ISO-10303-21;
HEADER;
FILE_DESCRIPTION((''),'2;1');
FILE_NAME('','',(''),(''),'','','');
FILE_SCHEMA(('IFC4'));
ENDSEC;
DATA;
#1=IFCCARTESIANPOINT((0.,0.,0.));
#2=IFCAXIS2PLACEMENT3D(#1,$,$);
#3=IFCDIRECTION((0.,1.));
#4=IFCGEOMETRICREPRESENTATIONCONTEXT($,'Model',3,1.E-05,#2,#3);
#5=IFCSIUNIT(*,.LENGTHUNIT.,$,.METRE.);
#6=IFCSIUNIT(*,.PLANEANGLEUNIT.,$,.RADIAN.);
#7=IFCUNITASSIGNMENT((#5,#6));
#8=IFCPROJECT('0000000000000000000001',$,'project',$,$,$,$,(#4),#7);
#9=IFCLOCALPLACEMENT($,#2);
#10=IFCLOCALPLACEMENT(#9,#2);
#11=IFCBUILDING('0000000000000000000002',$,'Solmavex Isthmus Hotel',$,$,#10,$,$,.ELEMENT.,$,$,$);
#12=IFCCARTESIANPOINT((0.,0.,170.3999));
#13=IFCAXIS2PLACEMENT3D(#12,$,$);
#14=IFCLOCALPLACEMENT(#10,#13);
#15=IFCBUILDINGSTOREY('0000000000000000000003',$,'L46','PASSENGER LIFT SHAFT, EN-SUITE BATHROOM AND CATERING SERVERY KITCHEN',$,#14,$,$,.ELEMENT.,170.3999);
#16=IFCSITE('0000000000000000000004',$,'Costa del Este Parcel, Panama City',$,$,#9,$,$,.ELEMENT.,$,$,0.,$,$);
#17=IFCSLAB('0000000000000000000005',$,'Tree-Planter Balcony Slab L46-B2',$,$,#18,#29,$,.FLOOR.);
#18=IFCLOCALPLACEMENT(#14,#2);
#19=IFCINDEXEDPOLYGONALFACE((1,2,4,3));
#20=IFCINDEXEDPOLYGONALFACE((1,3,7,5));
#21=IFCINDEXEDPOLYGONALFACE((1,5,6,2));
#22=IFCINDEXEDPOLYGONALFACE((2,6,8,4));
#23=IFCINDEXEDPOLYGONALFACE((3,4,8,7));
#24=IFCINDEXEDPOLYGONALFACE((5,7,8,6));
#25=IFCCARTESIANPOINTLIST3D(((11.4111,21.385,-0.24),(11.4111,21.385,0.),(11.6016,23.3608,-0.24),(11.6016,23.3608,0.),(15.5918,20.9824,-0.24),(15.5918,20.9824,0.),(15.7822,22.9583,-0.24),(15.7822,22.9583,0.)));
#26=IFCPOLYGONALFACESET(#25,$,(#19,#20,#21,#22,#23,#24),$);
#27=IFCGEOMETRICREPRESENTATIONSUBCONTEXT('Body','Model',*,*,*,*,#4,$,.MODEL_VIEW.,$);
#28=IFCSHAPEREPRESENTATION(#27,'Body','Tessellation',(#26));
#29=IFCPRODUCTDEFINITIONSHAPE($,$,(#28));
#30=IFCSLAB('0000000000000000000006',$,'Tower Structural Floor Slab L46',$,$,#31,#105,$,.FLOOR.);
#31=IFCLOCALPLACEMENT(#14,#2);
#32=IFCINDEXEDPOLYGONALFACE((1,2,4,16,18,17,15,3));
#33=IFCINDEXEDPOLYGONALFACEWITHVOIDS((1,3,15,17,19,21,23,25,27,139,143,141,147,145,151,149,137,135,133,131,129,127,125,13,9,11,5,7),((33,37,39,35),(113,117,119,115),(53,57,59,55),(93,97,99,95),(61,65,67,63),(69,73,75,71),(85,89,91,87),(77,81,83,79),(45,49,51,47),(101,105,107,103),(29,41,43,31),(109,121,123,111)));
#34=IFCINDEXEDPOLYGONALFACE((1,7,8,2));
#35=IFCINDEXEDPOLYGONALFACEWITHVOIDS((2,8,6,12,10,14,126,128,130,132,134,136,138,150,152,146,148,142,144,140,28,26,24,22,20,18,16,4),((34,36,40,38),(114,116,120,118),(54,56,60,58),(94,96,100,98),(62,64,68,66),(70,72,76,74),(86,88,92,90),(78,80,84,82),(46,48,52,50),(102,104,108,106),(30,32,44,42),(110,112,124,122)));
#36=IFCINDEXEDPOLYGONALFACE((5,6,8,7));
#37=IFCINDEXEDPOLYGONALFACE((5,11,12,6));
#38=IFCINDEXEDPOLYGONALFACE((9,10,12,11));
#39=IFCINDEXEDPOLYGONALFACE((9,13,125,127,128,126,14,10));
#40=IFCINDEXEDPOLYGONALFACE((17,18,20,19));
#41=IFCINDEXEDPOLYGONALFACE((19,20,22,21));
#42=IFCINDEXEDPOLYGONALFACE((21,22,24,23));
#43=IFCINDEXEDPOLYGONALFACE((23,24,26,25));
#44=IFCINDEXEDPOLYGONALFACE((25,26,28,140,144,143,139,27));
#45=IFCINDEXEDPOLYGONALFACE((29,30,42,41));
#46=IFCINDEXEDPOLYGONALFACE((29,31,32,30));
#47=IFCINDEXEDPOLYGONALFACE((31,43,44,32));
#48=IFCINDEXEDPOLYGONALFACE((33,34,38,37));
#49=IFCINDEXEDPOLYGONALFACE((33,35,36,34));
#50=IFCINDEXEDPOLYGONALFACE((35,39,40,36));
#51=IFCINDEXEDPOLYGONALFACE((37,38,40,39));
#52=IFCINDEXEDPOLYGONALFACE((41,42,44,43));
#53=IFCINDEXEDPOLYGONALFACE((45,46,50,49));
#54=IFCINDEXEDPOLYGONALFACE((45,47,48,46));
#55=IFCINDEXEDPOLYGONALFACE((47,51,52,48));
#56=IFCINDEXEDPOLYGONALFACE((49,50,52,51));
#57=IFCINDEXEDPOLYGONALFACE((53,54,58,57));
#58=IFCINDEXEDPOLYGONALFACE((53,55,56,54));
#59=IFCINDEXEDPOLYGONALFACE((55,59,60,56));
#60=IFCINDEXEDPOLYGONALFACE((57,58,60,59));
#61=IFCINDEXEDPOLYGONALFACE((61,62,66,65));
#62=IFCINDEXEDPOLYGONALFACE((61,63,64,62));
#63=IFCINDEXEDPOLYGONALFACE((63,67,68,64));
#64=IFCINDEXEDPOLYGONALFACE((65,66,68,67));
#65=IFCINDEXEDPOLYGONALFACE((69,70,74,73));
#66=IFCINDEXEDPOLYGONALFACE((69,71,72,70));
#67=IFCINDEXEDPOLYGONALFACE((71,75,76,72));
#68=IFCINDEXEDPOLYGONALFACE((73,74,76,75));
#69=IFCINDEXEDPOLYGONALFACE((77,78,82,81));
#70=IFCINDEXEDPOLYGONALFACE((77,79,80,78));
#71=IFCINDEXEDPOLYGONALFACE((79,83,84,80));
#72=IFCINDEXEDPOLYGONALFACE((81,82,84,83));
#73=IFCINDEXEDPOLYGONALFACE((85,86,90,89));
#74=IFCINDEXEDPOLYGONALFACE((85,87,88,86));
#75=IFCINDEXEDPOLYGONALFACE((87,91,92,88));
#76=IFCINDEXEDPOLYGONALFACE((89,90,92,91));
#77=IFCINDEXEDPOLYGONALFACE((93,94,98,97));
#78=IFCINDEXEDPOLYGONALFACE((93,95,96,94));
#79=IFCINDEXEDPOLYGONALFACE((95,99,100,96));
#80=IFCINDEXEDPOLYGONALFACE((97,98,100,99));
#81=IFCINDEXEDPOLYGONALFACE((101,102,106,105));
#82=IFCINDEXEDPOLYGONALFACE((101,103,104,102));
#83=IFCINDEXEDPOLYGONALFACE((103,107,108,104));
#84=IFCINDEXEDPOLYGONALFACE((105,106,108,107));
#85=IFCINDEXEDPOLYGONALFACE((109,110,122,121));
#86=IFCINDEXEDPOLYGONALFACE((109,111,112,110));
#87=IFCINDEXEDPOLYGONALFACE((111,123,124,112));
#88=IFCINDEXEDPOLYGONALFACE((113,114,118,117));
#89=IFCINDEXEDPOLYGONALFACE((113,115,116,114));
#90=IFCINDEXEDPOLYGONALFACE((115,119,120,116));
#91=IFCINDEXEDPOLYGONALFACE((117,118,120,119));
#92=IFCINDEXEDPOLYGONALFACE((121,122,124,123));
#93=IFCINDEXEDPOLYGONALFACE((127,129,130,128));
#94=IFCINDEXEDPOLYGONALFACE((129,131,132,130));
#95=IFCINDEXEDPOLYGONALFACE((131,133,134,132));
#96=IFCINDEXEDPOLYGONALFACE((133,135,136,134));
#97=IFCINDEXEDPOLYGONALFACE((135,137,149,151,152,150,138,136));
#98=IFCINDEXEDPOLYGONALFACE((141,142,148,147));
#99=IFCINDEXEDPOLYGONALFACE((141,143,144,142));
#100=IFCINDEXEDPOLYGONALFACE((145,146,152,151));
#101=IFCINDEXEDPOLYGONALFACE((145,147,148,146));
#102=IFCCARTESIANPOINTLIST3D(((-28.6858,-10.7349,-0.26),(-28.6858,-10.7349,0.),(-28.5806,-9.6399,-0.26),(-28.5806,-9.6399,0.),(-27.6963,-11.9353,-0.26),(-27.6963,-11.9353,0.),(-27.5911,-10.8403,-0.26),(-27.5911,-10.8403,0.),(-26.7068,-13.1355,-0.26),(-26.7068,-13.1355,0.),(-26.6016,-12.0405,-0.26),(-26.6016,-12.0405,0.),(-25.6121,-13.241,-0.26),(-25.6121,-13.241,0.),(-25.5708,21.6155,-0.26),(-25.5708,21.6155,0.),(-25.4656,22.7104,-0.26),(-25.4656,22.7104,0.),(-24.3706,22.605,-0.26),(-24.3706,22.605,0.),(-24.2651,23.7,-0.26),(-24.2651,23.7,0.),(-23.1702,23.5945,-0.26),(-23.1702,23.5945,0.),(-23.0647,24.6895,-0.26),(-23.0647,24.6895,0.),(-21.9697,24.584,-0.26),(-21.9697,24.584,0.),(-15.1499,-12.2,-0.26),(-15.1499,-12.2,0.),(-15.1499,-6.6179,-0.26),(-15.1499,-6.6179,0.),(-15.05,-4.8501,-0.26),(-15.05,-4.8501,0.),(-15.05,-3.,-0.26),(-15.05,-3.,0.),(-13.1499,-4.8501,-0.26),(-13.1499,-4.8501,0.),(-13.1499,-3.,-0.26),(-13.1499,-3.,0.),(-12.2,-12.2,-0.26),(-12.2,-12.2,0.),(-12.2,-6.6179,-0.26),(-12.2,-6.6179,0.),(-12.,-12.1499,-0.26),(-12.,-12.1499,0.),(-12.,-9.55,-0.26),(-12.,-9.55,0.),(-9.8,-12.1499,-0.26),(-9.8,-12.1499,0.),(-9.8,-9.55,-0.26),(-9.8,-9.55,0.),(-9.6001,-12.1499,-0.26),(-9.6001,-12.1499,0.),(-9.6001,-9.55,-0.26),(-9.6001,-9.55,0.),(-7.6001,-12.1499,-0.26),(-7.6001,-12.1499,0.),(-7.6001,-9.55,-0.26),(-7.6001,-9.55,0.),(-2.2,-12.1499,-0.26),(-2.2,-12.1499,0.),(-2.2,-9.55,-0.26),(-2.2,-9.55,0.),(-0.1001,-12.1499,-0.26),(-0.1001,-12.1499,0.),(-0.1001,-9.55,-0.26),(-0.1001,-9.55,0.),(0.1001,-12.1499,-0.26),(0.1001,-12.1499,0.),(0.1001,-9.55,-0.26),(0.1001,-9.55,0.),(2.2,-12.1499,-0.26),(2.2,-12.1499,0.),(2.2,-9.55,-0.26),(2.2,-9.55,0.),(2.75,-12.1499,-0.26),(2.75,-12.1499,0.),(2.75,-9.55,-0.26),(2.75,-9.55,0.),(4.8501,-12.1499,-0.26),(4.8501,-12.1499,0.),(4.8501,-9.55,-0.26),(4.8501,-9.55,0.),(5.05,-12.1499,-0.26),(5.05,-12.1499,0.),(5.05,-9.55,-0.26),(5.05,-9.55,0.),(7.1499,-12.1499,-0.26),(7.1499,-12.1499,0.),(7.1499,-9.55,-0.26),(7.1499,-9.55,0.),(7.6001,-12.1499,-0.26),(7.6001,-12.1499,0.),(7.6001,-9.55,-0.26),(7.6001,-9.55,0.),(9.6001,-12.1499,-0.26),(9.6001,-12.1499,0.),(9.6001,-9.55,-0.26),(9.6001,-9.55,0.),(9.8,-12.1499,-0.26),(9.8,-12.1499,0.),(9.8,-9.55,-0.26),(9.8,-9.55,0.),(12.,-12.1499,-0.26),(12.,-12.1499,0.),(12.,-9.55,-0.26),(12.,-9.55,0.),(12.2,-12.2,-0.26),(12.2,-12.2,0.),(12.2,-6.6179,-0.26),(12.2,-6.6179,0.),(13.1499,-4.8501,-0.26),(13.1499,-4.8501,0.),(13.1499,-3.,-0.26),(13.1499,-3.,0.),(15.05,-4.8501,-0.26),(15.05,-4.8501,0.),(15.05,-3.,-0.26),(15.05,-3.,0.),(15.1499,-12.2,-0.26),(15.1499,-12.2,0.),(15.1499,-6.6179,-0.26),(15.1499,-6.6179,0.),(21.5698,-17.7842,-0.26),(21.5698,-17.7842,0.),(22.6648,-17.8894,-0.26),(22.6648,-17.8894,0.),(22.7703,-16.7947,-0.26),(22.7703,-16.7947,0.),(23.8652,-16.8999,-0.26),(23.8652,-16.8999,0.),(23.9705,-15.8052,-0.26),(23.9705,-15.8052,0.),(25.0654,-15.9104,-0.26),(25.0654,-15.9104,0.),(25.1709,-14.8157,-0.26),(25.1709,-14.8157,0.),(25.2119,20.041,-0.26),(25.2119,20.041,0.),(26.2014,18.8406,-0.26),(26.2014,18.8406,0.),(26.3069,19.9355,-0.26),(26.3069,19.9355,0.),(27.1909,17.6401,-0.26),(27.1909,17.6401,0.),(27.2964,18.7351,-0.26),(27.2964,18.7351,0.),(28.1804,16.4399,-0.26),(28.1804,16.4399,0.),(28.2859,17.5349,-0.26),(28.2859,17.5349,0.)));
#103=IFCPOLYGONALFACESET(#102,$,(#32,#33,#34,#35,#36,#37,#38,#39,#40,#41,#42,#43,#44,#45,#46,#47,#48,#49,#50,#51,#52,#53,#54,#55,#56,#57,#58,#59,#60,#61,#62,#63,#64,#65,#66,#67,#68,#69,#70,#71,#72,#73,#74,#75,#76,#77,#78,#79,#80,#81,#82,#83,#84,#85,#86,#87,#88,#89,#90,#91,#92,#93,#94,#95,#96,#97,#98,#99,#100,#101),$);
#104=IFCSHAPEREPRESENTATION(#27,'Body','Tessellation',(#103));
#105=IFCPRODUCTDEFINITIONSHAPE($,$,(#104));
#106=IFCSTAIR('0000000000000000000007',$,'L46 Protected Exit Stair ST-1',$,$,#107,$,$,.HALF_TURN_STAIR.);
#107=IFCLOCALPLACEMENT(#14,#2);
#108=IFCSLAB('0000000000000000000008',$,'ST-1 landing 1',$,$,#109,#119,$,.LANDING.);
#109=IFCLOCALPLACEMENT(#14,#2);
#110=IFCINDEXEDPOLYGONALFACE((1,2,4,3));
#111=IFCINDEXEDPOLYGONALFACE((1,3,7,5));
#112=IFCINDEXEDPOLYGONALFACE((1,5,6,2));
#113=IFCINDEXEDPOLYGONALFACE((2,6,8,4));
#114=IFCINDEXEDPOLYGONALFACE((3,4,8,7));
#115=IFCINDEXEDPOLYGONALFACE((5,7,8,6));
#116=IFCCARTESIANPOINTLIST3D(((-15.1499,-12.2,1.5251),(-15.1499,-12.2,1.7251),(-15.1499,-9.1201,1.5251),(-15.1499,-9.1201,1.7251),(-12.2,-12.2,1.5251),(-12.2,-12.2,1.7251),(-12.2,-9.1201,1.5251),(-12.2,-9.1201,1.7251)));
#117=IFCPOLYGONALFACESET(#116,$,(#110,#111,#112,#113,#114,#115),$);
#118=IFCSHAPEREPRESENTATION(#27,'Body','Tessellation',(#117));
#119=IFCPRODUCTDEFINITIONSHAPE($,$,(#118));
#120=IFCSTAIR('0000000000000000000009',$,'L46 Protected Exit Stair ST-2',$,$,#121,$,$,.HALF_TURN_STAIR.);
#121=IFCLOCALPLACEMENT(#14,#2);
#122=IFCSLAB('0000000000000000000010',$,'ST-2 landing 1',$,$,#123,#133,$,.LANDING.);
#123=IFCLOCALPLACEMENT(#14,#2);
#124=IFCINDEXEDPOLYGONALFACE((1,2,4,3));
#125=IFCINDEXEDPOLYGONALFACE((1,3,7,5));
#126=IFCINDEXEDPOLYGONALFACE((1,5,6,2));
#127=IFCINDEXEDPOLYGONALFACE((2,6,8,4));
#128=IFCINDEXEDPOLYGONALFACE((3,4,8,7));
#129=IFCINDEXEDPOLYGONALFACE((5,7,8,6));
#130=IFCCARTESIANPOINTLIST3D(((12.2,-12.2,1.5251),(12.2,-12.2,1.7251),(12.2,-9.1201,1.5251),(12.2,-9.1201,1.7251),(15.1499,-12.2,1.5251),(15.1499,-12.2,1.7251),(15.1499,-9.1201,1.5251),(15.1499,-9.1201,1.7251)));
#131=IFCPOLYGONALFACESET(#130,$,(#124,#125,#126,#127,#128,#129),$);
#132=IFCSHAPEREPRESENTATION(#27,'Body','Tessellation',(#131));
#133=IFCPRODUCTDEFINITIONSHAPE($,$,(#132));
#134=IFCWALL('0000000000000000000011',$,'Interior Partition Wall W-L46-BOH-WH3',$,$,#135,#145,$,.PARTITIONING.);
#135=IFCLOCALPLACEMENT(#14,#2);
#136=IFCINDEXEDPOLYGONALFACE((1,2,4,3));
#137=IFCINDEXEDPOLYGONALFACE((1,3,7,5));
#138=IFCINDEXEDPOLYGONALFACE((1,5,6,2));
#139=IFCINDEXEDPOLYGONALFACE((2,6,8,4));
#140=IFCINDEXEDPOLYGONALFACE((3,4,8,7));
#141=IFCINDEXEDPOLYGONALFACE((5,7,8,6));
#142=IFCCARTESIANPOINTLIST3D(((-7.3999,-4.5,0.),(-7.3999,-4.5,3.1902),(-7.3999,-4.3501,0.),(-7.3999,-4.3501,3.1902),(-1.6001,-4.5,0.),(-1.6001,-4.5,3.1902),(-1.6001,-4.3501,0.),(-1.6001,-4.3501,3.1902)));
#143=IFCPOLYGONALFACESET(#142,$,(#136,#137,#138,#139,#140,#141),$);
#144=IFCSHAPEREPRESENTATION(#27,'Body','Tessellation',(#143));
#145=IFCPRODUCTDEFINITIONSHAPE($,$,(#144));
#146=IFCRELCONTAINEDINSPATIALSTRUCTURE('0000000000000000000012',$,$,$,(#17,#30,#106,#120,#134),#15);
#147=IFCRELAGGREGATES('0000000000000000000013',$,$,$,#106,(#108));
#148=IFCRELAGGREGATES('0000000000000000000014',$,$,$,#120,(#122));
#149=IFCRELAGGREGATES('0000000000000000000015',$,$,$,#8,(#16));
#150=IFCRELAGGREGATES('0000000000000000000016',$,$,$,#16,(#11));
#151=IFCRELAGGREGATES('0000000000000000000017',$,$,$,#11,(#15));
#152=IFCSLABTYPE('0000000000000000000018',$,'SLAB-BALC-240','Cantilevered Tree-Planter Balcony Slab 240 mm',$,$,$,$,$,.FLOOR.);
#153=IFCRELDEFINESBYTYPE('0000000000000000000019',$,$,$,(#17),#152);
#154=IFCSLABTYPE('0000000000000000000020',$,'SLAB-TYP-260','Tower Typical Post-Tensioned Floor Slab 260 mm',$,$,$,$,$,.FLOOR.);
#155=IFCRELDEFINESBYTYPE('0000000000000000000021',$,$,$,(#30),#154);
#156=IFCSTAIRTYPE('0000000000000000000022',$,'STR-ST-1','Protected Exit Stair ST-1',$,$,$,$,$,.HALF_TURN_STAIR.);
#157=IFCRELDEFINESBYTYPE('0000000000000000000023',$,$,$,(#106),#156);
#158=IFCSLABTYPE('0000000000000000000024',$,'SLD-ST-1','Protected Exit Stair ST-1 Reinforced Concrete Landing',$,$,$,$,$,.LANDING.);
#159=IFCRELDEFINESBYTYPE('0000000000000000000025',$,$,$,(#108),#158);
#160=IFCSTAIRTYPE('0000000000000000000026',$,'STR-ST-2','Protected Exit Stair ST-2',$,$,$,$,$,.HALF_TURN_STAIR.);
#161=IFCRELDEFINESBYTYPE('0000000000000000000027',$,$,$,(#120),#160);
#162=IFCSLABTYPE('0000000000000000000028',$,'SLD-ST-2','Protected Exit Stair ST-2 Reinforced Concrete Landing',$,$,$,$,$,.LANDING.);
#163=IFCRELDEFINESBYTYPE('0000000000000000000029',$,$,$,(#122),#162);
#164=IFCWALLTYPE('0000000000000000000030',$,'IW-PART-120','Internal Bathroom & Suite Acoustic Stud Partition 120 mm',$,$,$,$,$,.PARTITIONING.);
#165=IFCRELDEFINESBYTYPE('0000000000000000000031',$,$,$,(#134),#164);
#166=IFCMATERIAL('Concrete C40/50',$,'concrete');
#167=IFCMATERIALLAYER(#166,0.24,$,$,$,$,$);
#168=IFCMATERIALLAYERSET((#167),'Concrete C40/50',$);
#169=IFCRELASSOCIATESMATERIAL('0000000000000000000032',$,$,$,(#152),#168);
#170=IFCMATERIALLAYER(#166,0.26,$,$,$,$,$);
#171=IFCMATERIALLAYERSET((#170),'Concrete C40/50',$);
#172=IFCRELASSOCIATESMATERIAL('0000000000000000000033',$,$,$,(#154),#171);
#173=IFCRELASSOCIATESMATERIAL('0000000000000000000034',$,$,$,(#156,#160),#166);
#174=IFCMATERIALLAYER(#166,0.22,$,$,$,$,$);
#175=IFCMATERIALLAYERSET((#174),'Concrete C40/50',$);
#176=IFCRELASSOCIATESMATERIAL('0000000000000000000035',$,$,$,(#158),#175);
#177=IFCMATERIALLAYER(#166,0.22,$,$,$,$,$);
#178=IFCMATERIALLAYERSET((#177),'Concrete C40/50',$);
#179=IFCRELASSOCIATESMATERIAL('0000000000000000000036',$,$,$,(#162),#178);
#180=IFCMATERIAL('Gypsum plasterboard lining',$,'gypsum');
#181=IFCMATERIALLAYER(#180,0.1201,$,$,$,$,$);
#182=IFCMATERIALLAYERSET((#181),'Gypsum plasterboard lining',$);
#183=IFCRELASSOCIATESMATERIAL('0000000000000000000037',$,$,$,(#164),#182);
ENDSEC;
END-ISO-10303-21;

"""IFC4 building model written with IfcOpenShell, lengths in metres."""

from ifc_helpers import new_model, si_unit, direction, frame, frame_2d, origin, place, context, subcontext, project, spatial, polyline, rectangle, outline, extrude, material, layer, layer_set, type_object, element, aggregate, save


model = new_model("IFC4")

# Units and contexts
model_context = context("Model", 3, precision=1e-05, world=origin(), true_north=direction((0.0, 1.0)))
body_context = subcontext(model_context, "Body", "Model", "MODEL_VIEW")
ifc_project = project(units=[si_unit("LENGTHUNIT", "METRE"), si_unit("PLANEANGLEUNIT", "RADIAN")], contexts=[model_context])

# Site, building, storey
site_placement = place(None, origin())
site = spatial("IfcSite", under=ifc_project, at=site_placement, Name="Costa del Este Parcel, Panama City", CompositionType="ELEMENT", RefElevation=0.0)
building_placement = place(site_placement, origin())
building = spatial("IfcBuilding", under=site, at=building_placement, Name="Solmavex Isthmus Hotel", CompositionType="ELEMENT")
storey_placement = place(building_placement, frame((0.0, 0.0, 170.3999)))
storey = spatial("IfcBuildingStorey", under=building, at=storey_placement, Name="L46", Description="PASSENGER LIFT SHAFT, EN-SUITE BATHROOM AND CATERING SERVERY KITCHEN", CompositionType="ELEMENT", Elevation=170.3999)

# Slabs
ifc_material_1 = material(Name="Concrete C40/50", Category="concrete")
ifc_layer_1 = layer(ifc_material_1, 0.24)
ifc_layer_set_1 = layer_set([ifc_layer_1], Name="Concrete C40/50")
slab_type_1 = type_object("IfcSlabType", Name="SLAB-BALC-240", Description="Cantilevered Tree-Planter Balcony Slab 240 mm", PredefinedType="FLOOR", material=ifc_layer_set_1)
slab_1_placement = place(storey_placement, frame((0.0, 0.0, -0.24)))
element("IfcSlab", 1, at=slab_1_placement, inside=storey, type_object=slab_type_1, Name="Tree-Planter Balcony Slab L46-B2", PredefinedType="FLOOR", context=body_context, shape_type="SweptSolid", body=[
    extrude(outline(polyline([(11.4111, 21.385), (15.5918, 20.9824), (15.7822, 22.9583), (11.6016, 23.3608), (11.4111, 21.385)])), origin(), (0.0, 0.0, 1.0), 0.24),
])
ifc_layer_2 = layer(ifc_material_1, 0.26)
ifc_layer_set_2 = layer_set([ifc_layer_2], Name="Concrete C40/50")
slab_type_2 = type_object("IfcSlabType", Name="SLAB-TYP-260", Description="Tower Typical Post-Tensioned Floor Slab 260 mm", PredefinedType="FLOOR", material=ifc_layer_set_2)
slab_2_placement = place(storey_placement, frame((0.0, 0.0, -0.26)))
element("IfcSlab", 2, at=slab_2_placement, inside=storey, type_object=slab_type_2, Name="Tower Structural Floor Slab L46", PredefinedType="FLOOR", context=body_context, shape_type="SweptSolid", body=[
    extrude(outline(polyline([(-25.6121, -13.241), (21.5698, -17.7842), (22.6648, -17.8894), (22.7703, -16.7947), (23.8652, -16.8999), (23.9705, -15.8052), (25.0654, -15.9104), (25.1709, -14.8157), (28.1804, 16.4399), (28.2859, 17.5349), (27.1909, 17.6401), (27.2964, 18.7351), (26.2014, 18.8406), (26.3069, 19.9355), (25.2119, 20.041), (-21.9697, 24.584), (-23.0647, 24.6895), (-23.1702, 23.5945), (-24.2651, 23.7), (-24.3706, 22.605), (-25.4656, 22.7104), (-25.5708, 21.6155), (-28.5806, -9.6399), (-28.6858, -10.7349), (-27.5911, -10.8403), (-27.6963, -11.9353), (-26.6016, -12.0405), (-26.7068, -13.1355), (-25.6121, -13.241)]), holes=[polyline([(-15.1499, -6.6179), (-15.1499, -12.2), (-12.2, -12.2), (-12.2, -6.6179), (-15.1499, -6.6179)]), polyline([(12.2, -6.6179), (12.2, -12.2), (15.1499, -12.2), (15.1499, -6.6179), (12.2, -6.6179)]), polyline([(-12.0, -12.1499), (-9.8, -12.1499), (-9.8, -9.55), (-12.0, -9.55), (-12.0, -12.1499)]), polyline([(9.8, -12.1499), (12.0, -12.1499), (12.0, -9.55), (9.8, -9.55), (9.8, -12.1499)]), polyline([(-9.6001, -12.1499), (-7.6001, -12.1499), (-7.6001, -9.55), (-9.6001, -9.55), (-9.6001, -12.1499)]), polyline([(7.6001, -12.1499), (9.6001, -12.1499), (9.6001, -9.55), (7.6001, -9.55), (7.6001, -12.1499)]), polyline([(-2.2, -12.1499), (-0.1001, -12.1499), (-0.1001, -9.55), (-2.2, -9.55), (-2.2, -12.1499)]), polyline([(0.1001, -12.1499), (2.2, -12.1499), (2.2, -9.55), (0.1001, -9.55), (0.1001, -12.1499)]), polyline([(2.75, -12.1499), (4.8501, -12.1499), (4.8501, -9.55), (2.75, -9.55), (2.75, -12.1499)]), polyline([(5.05, -12.1499), (7.1499, -12.1499), (7.1499, -9.55), (5.05, -9.55), (5.05, -12.1499)]), polyline([(-15.05, -4.8501), (-13.1499, -4.8501), (-13.1499, -3.0), (-15.05, -3.0), (-15.05, -4.8501)]), polyline([(13.1499, -4.8501), (15.05, -4.8501), (15.05, -3.0), (13.1499, -3.0), (13.1499, -4.8501)])]), origin(), (0.0, 0.0, 1.0), 0.26),
])

# Stairs, slabs
stair_type_1 = type_object("IfcStairType", Name="STR-ST-1", Description="Protected Exit Stair ST-1", PredefinedType="HALF_TURN_STAIR", material=ifc_material_1)
stair_1_placement = place(storey_placement, origin())
stair_1 = element("IfcStair", 3, at=stair_1_placement, inside=storey, type_object=stair_type_1, Name="L46 Protected Exit Stair ST-1", PredefinedType="HALF_TURN_STAIR")
ifc_layer_3 = layer(ifc_material_1, 0.22)
ifc_layer_set_3 = layer_set([ifc_layer_3], Name="Concrete C40/50")
slab_type_3 = type_object("IfcSlabType", Name="SLD-ST-1", Description="Protected Exit Stair ST-1 Reinforced Concrete Landing", PredefinedType="LANDING", material=ifc_layer_set_3)
slab_3_placement = place(storey_placement, frame((0.0, 0.0, 1.5251)))
slab_3 = element("IfcSlab", 4, at=slab_3_placement, type_object=slab_type_3, Name="ST-1 landing 1", PredefinedType="LANDING", context=body_context, shape_type="SweptSolid", body=[
    extrude(outline(polyline([(-15.1499, -9.1201), (-15.1499, -12.2), (-12.2, -12.2), (-12.2, -9.1201), (-15.1499, -9.1201)])), origin(), (0.0, 0.0, 1.0), 0.2),
])
aggregate(stair_1, [slab_3])
stair_type_2 = type_object("IfcStairType", Name="STR-ST-2", Description="Protected Exit Stair ST-2", PredefinedType="HALF_TURN_STAIR", material=ifc_material_1)
stair_2_placement = place(storey_placement, origin())
stair_2 = element("IfcStair", 5, at=stair_2_placement, inside=storey, type_object=stair_type_2, Name="L46 Protected Exit Stair ST-2", PredefinedType="HALF_TURN_STAIR")
ifc_layer_4 = layer(ifc_material_1, 0.22)
ifc_layer_set_4 = layer_set([ifc_layer_4], Name="Concrete C40/50")
slab_type_4 = type_object("IfcSlabType", Name="SLD-ST-2", Description="Protected Exit Stair ST-2 Reinforced Concrete Landing", PredefinedType="LANDING", material=ifc_layer_set_4)
slab_4_placement = place(storey_placement, frame((0.0, 0.0, 1.5251)))
slab_4 = element("IfcSlab", 6, at=slab_4_placement, type_object=slab_type_4, Name="ST-2 landing 1", PredefinedType="LANDING", context=body_context, shape_type="SweptSolid", body=[
    extrude(outline(polyline([(12.2, -9.1201), (12.2, -12.2), (15.1499, -12.2), (15.1499, -9.1201), (12.2, -9.1201)])), origin(), (0.0, 0.0, 1.0), 0.2),
])
aggregate(stair_2, [slab_4])

# Wall
ifc_material_2 = material(Name="Gypsum plasterboard lining", Category="gypsum")
ifc_layer_5 = layer(ifc_material_2, 0.1201)
ifc_layer_set_5 = layer_set([ifc_layer_5], Name="Gypsum plasterboard lining")
wall_type = type_object("IfcWallType", Name="IW-PART-120", Description="Internal Bathroom & Suite Acoustic Stud Partition 120 mm", PredefinedType="PARTITIONING", material=ifc_layer_set_5)
wall_placement = place(storey_placement, frame((-7.3999, -4.425, 0.0), z_axis=(0.0, 0.0, 1.0), x_axis=(1.0, 0.0, 0.0)))
element("IfcWall", 7, at=wall_placement, inside=storey, type_object=wall_type, Name="Interior Partition Wall W-L46-BOH-WH3", PredefinedType="PARTITIONING", context=body_context, shape_type="SweptSolid", body=[
    extrude(rectangle(XDim=5.7998, YDim=0.1499, at=frame_2d((2.8999, 0.0))), origin(), (0.0, 0.0, 1.0), 3.1902),
])

save(model, "model.ifc")
